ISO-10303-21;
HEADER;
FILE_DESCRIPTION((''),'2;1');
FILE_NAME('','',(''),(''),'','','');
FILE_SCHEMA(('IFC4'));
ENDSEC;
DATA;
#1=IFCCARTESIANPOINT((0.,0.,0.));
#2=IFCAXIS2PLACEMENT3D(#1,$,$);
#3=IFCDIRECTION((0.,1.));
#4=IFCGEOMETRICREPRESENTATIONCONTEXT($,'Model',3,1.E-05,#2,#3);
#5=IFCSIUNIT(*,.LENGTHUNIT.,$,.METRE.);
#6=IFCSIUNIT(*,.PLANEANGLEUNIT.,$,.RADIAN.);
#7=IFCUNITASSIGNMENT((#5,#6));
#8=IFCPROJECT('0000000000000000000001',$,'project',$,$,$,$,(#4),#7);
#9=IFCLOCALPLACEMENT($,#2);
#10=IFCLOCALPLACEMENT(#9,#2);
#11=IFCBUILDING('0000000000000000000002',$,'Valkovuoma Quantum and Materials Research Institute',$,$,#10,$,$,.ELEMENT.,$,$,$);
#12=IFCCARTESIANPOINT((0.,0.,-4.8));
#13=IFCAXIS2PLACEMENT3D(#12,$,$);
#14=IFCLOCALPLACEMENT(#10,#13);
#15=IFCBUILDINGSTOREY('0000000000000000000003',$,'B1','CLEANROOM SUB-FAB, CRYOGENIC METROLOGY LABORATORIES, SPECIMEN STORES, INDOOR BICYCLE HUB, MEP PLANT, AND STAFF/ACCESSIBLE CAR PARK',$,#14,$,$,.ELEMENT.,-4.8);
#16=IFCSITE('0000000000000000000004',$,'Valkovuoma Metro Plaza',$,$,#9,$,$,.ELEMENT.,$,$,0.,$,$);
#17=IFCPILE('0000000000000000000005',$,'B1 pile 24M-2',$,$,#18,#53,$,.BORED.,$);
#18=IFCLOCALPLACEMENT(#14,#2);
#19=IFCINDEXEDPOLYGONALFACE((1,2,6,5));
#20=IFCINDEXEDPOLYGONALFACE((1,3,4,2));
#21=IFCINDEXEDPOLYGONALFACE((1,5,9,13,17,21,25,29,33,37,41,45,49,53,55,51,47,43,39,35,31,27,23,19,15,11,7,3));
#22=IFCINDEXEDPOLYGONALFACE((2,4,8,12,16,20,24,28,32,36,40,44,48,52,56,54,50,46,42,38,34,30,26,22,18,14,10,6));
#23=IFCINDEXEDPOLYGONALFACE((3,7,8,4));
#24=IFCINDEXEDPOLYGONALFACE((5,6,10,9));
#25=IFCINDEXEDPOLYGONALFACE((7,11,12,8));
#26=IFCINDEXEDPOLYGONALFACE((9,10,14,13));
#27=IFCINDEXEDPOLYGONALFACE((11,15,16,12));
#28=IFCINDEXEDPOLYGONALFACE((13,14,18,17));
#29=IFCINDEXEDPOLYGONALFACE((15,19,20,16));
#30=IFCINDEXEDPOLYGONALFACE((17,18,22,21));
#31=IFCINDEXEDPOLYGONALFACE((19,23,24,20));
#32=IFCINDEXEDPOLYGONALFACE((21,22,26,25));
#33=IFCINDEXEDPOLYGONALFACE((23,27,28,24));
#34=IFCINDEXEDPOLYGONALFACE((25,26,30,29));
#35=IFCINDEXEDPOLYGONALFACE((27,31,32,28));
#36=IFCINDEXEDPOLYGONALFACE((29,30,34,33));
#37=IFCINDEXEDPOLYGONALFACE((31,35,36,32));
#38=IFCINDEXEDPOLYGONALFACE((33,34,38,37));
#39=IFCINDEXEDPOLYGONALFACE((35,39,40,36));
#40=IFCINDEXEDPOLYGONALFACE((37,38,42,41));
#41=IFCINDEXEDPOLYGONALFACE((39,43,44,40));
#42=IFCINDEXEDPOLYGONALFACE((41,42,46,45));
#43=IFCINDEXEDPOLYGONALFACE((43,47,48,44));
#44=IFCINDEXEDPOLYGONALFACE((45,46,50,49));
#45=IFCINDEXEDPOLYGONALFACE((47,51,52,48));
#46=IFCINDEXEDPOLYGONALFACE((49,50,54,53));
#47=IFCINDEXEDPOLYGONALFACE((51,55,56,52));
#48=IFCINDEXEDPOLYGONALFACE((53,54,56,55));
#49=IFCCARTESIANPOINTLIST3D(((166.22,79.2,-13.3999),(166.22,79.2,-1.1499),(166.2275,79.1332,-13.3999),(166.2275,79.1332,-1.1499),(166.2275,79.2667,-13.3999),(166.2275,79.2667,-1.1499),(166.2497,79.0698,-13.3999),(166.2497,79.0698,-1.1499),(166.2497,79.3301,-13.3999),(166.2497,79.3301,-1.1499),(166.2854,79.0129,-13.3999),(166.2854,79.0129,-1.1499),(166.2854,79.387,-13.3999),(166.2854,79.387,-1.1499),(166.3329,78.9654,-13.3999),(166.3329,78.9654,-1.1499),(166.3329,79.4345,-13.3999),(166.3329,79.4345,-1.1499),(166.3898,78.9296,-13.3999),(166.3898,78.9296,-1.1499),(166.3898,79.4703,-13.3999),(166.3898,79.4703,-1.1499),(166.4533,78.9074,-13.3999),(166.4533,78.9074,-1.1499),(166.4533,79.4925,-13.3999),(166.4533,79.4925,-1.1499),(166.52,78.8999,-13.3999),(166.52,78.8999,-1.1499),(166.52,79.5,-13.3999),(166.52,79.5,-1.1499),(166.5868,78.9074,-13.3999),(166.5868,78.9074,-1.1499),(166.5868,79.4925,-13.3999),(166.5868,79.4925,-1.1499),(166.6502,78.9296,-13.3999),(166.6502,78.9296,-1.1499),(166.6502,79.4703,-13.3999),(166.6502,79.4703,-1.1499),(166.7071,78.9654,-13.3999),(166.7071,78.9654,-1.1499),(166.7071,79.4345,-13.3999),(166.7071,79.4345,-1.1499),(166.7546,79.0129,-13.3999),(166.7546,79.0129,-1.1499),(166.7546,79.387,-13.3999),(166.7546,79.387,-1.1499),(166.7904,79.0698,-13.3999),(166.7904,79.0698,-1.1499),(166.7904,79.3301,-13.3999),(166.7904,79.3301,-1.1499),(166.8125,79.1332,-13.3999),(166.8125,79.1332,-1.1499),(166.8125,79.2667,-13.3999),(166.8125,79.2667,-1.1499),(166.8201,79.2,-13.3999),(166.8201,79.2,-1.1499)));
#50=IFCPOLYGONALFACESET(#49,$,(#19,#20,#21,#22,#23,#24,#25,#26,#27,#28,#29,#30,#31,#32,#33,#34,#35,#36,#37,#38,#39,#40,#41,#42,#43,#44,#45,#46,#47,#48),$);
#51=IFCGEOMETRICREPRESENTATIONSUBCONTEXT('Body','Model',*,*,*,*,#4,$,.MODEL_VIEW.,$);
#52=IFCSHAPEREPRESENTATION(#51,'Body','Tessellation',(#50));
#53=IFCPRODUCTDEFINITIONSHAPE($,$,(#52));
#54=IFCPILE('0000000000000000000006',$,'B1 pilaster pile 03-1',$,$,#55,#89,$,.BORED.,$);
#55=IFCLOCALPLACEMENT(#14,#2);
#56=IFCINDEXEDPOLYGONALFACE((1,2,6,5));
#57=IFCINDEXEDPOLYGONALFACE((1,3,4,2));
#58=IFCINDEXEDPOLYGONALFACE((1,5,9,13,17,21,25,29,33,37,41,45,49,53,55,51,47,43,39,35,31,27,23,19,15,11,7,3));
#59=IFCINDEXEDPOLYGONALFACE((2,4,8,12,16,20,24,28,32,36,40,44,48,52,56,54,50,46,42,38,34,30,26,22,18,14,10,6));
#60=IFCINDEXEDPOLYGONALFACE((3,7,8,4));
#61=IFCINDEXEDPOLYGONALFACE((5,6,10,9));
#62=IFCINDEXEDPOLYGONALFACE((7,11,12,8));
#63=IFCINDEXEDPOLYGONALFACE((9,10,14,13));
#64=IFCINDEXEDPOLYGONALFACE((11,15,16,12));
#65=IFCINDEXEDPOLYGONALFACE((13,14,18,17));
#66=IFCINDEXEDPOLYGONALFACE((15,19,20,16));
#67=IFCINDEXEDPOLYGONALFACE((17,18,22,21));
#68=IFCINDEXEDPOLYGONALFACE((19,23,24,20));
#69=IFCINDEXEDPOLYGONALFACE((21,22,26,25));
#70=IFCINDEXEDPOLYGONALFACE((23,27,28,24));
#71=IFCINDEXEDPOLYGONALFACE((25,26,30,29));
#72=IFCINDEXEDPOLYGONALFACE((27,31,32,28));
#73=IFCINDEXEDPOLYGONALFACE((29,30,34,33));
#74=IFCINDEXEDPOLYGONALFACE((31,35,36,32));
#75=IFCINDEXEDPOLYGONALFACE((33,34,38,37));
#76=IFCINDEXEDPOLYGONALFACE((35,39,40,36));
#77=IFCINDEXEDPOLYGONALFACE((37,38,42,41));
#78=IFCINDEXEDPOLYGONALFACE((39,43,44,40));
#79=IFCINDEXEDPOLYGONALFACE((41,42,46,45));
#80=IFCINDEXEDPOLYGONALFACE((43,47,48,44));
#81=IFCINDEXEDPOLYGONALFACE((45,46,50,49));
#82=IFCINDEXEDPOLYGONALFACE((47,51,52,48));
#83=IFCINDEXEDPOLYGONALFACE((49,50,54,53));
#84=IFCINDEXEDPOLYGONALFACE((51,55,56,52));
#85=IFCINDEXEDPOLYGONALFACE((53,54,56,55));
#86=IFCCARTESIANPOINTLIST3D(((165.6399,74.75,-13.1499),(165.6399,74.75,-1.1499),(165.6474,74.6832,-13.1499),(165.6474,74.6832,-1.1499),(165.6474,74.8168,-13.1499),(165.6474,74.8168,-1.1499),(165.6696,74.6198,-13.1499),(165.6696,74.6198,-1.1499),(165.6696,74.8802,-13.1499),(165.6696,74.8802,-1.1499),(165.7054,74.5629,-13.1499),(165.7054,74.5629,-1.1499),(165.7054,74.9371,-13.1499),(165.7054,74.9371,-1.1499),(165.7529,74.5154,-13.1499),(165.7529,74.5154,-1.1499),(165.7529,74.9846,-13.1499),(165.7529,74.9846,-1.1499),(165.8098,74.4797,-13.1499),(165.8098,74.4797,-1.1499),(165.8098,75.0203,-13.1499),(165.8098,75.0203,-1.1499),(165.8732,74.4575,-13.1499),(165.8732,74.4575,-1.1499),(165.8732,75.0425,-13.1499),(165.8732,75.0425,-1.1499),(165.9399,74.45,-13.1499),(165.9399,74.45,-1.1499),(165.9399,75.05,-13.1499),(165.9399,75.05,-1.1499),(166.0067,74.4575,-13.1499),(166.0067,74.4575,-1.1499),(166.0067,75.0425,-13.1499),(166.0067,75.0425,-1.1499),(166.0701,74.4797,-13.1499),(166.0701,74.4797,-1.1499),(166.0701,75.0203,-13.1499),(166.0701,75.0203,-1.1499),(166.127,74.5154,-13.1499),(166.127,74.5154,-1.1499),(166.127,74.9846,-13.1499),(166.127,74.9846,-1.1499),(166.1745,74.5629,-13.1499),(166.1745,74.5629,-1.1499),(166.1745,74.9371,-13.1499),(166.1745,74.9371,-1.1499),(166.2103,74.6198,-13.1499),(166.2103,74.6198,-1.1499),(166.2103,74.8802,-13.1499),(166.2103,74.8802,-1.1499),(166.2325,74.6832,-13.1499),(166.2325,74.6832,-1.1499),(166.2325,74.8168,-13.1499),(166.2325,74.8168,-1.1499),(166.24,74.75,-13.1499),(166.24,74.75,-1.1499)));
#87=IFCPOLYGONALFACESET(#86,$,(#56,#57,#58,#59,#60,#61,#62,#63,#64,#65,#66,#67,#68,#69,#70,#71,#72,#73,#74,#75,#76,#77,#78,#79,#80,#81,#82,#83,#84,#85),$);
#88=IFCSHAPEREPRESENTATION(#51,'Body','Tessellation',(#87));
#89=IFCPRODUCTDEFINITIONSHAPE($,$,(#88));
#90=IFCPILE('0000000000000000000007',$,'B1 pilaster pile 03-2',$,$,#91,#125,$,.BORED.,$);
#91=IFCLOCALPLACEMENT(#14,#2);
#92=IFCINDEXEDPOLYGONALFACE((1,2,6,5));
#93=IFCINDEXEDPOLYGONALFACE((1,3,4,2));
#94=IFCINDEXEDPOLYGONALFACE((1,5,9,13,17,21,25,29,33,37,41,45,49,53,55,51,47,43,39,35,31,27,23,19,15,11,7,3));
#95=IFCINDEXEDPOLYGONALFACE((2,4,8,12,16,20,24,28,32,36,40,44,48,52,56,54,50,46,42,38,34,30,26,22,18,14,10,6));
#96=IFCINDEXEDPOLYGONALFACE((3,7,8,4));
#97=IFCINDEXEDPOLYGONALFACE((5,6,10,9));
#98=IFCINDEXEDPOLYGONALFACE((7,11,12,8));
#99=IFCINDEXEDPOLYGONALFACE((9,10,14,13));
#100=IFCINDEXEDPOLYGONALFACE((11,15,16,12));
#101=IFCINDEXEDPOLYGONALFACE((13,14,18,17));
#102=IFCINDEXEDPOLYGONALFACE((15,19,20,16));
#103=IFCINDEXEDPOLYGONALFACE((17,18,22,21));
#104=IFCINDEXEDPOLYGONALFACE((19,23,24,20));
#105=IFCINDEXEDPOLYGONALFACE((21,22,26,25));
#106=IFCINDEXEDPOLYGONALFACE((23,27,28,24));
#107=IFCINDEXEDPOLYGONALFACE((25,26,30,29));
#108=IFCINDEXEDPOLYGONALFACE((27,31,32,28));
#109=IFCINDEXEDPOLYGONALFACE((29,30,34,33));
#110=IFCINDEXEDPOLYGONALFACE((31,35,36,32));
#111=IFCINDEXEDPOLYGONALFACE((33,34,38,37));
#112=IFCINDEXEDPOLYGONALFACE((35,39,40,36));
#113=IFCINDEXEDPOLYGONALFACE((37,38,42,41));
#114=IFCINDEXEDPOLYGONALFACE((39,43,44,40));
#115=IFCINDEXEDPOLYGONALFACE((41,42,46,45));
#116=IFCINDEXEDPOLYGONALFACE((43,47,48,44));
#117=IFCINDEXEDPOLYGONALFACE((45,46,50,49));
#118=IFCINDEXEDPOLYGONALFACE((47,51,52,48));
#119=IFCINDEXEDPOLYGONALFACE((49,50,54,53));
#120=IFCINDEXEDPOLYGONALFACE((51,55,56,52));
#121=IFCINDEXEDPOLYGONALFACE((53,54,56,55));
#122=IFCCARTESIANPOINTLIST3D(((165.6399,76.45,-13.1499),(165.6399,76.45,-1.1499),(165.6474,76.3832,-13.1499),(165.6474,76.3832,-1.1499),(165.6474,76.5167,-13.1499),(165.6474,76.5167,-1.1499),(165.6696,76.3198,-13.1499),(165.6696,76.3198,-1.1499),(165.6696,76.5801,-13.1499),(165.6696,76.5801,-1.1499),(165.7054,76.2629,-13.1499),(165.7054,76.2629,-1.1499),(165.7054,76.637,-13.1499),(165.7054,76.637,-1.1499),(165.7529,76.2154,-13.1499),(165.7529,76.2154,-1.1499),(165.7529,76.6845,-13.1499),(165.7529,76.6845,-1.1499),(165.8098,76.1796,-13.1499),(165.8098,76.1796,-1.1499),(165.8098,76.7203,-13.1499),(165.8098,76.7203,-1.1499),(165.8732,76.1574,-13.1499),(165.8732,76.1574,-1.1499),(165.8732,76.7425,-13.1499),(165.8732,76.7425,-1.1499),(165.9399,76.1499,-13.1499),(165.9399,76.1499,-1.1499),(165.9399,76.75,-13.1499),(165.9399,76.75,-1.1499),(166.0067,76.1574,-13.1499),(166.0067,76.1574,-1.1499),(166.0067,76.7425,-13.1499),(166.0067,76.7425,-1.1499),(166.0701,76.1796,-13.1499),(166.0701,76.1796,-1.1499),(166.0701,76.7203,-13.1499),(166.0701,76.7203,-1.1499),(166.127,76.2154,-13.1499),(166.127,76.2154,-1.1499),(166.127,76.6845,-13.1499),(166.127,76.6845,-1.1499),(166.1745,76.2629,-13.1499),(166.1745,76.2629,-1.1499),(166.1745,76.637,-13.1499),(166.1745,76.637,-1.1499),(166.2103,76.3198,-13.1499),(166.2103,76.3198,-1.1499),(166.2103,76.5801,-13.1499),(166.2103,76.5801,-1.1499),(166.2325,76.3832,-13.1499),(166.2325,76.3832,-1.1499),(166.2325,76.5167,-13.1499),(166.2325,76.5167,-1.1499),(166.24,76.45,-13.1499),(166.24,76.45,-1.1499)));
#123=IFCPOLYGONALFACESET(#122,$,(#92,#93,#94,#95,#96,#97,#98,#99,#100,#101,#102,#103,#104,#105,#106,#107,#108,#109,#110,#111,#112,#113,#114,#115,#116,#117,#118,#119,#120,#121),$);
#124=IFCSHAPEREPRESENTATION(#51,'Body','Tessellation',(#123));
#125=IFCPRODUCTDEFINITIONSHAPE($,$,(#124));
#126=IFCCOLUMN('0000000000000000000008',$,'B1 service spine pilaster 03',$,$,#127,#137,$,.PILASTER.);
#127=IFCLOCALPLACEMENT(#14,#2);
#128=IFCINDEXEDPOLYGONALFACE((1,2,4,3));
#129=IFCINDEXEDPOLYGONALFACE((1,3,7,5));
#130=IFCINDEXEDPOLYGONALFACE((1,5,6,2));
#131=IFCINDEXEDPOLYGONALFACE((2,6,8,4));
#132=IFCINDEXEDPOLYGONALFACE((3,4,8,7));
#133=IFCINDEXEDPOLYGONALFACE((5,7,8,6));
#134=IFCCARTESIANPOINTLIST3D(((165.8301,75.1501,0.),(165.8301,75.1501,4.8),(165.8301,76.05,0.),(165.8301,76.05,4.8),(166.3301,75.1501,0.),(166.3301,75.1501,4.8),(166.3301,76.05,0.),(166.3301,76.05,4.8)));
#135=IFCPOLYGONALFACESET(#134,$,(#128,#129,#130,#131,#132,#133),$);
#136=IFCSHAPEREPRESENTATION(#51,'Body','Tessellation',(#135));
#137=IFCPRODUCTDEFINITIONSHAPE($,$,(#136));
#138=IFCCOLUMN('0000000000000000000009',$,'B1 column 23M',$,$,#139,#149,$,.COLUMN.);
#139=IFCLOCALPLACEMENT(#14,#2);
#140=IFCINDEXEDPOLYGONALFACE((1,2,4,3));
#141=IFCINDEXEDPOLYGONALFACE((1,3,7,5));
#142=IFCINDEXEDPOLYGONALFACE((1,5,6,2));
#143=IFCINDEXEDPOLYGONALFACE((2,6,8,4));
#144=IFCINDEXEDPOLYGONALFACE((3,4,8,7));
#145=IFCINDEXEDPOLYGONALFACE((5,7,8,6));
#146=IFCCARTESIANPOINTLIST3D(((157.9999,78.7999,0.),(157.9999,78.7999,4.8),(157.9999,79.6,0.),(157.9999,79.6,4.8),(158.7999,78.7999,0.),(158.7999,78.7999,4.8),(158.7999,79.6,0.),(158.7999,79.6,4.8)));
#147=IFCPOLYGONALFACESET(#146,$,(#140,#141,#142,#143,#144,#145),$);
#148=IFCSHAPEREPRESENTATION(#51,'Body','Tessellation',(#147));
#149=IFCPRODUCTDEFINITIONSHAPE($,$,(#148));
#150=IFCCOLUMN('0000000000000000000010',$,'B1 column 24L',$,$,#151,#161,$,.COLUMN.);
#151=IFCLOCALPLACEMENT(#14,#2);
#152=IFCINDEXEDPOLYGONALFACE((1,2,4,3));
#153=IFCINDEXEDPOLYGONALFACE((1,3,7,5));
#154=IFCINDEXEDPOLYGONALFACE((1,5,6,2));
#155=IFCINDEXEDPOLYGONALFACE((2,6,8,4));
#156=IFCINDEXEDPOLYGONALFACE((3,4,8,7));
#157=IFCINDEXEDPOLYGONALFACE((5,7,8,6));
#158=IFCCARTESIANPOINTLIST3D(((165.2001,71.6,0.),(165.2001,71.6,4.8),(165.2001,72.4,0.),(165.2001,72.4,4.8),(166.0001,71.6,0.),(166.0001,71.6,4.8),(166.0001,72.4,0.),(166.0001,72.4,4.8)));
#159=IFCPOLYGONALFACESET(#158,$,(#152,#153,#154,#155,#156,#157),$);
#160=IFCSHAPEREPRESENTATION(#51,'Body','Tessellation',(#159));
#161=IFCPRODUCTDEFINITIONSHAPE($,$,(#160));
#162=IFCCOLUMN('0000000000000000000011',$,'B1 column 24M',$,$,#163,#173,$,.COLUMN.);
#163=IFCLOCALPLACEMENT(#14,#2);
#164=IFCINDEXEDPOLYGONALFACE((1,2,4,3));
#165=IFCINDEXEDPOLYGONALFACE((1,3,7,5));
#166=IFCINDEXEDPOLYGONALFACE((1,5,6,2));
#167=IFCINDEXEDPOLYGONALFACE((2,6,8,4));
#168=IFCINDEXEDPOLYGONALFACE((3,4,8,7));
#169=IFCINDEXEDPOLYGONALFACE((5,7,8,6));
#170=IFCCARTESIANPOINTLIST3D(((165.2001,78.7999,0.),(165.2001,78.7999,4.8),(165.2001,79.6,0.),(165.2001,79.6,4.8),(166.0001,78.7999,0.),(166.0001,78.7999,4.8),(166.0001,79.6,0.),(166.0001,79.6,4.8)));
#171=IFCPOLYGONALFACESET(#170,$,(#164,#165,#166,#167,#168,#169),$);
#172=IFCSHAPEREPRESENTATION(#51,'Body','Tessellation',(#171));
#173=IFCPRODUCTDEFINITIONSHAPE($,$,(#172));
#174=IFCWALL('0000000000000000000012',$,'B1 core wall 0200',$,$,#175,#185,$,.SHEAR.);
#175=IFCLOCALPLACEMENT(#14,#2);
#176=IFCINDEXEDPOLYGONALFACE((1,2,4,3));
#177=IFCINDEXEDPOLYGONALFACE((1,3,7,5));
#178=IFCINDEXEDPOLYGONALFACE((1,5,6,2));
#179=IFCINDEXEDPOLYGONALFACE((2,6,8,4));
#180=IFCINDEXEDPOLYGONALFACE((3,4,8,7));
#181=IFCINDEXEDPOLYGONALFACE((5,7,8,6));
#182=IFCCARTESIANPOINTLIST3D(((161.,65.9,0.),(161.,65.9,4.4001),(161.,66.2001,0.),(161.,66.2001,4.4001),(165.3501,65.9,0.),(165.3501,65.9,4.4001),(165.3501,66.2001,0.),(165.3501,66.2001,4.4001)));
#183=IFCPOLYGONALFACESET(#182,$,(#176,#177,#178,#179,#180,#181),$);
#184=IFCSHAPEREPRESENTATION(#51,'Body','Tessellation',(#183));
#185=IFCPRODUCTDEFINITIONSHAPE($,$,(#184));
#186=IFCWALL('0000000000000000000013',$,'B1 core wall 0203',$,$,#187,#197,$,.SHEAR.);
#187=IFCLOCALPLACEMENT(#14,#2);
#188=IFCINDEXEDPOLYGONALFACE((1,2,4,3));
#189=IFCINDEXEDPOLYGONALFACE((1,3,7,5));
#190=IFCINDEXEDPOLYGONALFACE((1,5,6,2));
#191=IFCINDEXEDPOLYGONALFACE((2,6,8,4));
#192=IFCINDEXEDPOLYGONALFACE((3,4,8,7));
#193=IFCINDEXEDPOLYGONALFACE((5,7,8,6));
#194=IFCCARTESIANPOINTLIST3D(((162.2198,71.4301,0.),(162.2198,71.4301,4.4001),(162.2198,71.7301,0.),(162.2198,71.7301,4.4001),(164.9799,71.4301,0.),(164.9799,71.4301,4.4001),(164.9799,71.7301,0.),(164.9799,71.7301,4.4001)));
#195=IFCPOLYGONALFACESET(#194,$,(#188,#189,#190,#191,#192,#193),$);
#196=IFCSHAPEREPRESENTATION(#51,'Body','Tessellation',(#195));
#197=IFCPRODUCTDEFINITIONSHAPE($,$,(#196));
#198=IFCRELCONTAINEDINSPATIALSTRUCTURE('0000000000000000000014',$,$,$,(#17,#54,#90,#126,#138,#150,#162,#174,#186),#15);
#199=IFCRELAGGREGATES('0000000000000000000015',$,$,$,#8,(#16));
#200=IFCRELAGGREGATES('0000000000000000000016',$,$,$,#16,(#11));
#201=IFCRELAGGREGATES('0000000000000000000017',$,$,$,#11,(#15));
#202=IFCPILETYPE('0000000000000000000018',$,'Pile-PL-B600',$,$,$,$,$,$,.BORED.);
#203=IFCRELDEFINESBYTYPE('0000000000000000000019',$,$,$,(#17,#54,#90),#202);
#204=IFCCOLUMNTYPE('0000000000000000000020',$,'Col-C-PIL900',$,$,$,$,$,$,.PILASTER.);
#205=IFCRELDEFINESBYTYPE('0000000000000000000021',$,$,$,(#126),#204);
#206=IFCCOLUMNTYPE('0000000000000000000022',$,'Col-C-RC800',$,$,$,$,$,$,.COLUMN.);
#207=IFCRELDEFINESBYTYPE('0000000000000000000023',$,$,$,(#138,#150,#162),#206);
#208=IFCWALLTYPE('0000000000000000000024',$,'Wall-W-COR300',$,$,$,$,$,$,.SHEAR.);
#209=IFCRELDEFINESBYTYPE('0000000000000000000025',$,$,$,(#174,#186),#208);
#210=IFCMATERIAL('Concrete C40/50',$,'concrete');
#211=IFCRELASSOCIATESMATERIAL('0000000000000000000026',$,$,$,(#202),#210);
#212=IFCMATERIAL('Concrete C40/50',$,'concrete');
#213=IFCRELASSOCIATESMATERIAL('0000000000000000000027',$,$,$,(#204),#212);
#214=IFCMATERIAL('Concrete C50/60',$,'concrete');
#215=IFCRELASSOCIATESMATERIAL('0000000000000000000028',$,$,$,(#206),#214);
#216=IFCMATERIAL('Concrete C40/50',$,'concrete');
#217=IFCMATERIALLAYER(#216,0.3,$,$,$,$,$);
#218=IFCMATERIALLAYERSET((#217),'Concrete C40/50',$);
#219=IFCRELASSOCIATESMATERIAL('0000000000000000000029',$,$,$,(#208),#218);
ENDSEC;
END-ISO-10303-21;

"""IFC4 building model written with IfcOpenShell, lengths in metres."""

from ifc_helpers import new_model, si_unit, direction, frame, frame_2d, origin, origin_2d, place, context, subcontext, project, spatial, rectangle, circle, extrude, material, layer, layer_set, material_profile, profile_set, type_object, element, save


model = new_model("IFC4")

# Units and contexts
model_context = context("Model", 3, precision=1e-05, world=origin(), true_north=direction((0.0, 1.0)))
body_context = subcontext(model_context, "Body", "Model", "MODEL_VIEW")
ifc_project = project(units=[si_unit("LENGTHUNIT", "METRE"), si_unit("PLANEANGLEUNIT", "RADIAN")], contexts=[model_context])

# Site, building, storey
site_placement = place(None, origin())
site = spatial("IfcSite", under=ifc_project, at=site_placement, Name="Valkovuoma Metro Plaza", CompositionType="ELEMENT", RefElevation=0.0)
building_placement = place(site_placement, origin())
building = spatial("IfcBuilding", under=site, at=building_placement, Name="Valkovuoma Quantum and Materials Research Institute", CompositionType="ELEMENT")
storey_placement = place(building_placement, frame((0.0, 0.0, -4.8)))
storey = spatial("IfcBuildingStorey", under=building, at=storey_placement, Name="B1", Description="CLEANROOM SUB-FAB, CRYOGENIC METROLOGY LABORATORIES, SPECIMEN STORES, INDOOR BICYCLE HUB, MEP PLANT, AND STAFF/ACCESSIBLE CAR PARK", CompositionType="ELEMENT", Elevation=-4.8)

# Piles
ifc_material_1 = material(Name="Concrete C40/50", Category="concrete")
ifc_material_profile_1 = material_profile(ifc_material_1, circle(Radius=0.3, at=origin_2d()), Name="Concrete C40/50")
ifc_profile_set_1 = profile_set([ifc_material_profile_1], Name="Concrete C40/50")
pile_type = type_object("IfcPileType", Name="Pile-PL-B600", PredefinedType="BORED", material=ifc_profile_set_1)
for number, where, z_axis, x_axis, name in (
    (1, (166.52, 79.2, -1.1499), (0.0, 0.0, -1.0), (1.0, 0.0, 0.0), "B1 pile 24M-2"),
):
    element("IfcPile", number, at=place(storey_placement, frame(where, z_axis=z_axis, x_axis=x_axis)), inside=storey, type_object=pile_type, Name=name, PredefinedType="BORED", context=body_context, shape_type="SweptSolid", body=[
        extrude(circle(Radius=0.3, at=origin_2d()), origin(), (0.0, 0.0, 1.0), 12.25),
    ])
for number, where, z_axis, x_axis, name in (
    (2, (165.9399, 74.75, -1.1499), (0.0, 0.0, -1.0), (1.0, 0.0, 0.0), "B1 pilaster pile 03-1"),
    (3, (165.9399, 76.45, -1.1499), (0.0, 0.0, -1.0), (1.0, 0.0, 0.0), "B1 pilaster pile 03-2"),
):
    element("IfcPile", number, at=place(storey_placement, frame(where, z_axis=z_axis, x_axis=x_axis)), inside=storey, type_object=pile_type, Name=name, PredefinedType="BORED", context=body_context, shape_type="SweptSolid", body=[
        extrude(circle(Radius=0.3, at=origin_2d()), origin(), (0.0, 0.0, 1.0), 12.0),
    ])

# Columns
ifc_material_2 = material(Name="Concrete C40/50", Category="concrete")
ifc_material_profile_2 = material_profile(ifc_material_2, rectangle(XDim=0.5, YDim=0.8999, at=origin_2d()), Name="Concrete C40/50")
ifc_profile_set_2 = profile_set([ifc_material_profile_2], Name="Concrete C40/50")
column_type_1 = type_object("IfcColumnType", Name="Col-C-PIL900", PredefinedType="PILASTER", material=ifc_profile_set_2)
column_placement = place(storey_placement, frame((166.0801, 75.6001, 0.0), z_axis=(0.0, 0.0, 1.0), x_axis=(1.0, 0.0, 0.0)))
element("IfcColumn", 4, at=column_placement, inside=storey, type_object=column_type_1, Name="B1 service spine pilaster 03", PredefinedType="PILASTER", context=body_context, shape_type="SweptSolid", body=[
    extrude(rectangle(XDim=0.5, YDim=0.8999, at=origin_2d()), origin(), (0.0, 0.0, 1.0), 4.8),
])
ifc_material_3 = material(Name="Concrete C50/60", Category="concrete")
ifc_material_profile_3 = material_profile(ifc_material_3, rectangle(XDim=0.8, YDim=0.8, at=origin_2d()), Name="Concrete C50/60")
ifc_profile_set_3 = profile_set([ifc_material_profile_3], Name="Concrete C50/60")
column_type_2 = type_object("IfcColumnType", Name="Col-C-RC800", PredefinedType="COLUMN", material=ifc_profile_set_3)
for number, where, z_axis, x_axis, name in (
    (5, (158.3999, 79.2, 0.0), (0.0, 0.0, 1.0), (1.0, 0.0, 0.0), "B1 column 23M"),
    (6, (165.6001, 72.0, 0.0), (0.0, 0.0, 1.0), (1.0, 0.0, 0.0), "B1 column 24L"),
    (7, (165.6001, 79.2, 0.0), (0.0, 0.0, 1.0), (1.0, 0.0, 0.0), "B1 column 24M"),
):
    element("IfcColumn", number, at=place(storey_placement, frame(where, z_axis=z_axis, x_axis=x_axis)), inside=storey, type_object=column_type_2, Name=name, PredefinedType="COLUMN", context=body_context, shape_type="SweptSolid", body=[
        extrude(rectangle(XDim=0.8, YDim=0.8, at=origin_2d()), origin(), (0.0, 0.0, 1.0), 4.8),
    ])

# Walls
ifc_material_4 = material(Name="Concrete C40/50", Category="concrete")
ifc_layer = layer(ifc_material_4, 0.3)
ifc_layer_set = layer_set([ifc_layer], Name="Concrete C40/50")
wall_type = type_object("IfcWallType", Name="Wall-W-COR300", PredefinedType="SHEAR", material=ifc_layer_set)
wall_1_placement = place(storey_placement, frame((161.0, 66.05, 0.0), z_axis=(0.0, 0.0, 1.0), x_axis=(1.0, 0.0, 0.0)))
element("IfcWall", 8, at=wall_1_placement, inside=storey, type_object=wall_type, Name="B1 core wall 0200", PredefinedType="SHEAR", context=body_context, shape_type="SweptSolid", body=[
    extrude(rectangle(XDim=4.3501, YDim=0.3, at=frame_2d((2.175, 0.0))), origin(), (0.0, 0.0, 1.0), 4.4001),
])
wall_2_placement = place(storey_placement, frame((162.22, 71.5801, 0.0), z_axis=(0.0, 0.0, 1.0), x_axis=(1.0, 0.0, 0.0)))
element("IfcWall", 9, at=wall_2_placement, inside=storey, type_object=wall_type, Name="B1 core wall 0203", PredefinedType="SHEAR", context=body_context, shape_type="SweptSolid", body=[
    extrude(rectangle(XDim=2.76, YDim=0.3, at=frame_2d((1.3799, 0.0))), origin(), (0.0, 0.0, 1.0), 4.4001),
])

save(model, "model.ifc")
